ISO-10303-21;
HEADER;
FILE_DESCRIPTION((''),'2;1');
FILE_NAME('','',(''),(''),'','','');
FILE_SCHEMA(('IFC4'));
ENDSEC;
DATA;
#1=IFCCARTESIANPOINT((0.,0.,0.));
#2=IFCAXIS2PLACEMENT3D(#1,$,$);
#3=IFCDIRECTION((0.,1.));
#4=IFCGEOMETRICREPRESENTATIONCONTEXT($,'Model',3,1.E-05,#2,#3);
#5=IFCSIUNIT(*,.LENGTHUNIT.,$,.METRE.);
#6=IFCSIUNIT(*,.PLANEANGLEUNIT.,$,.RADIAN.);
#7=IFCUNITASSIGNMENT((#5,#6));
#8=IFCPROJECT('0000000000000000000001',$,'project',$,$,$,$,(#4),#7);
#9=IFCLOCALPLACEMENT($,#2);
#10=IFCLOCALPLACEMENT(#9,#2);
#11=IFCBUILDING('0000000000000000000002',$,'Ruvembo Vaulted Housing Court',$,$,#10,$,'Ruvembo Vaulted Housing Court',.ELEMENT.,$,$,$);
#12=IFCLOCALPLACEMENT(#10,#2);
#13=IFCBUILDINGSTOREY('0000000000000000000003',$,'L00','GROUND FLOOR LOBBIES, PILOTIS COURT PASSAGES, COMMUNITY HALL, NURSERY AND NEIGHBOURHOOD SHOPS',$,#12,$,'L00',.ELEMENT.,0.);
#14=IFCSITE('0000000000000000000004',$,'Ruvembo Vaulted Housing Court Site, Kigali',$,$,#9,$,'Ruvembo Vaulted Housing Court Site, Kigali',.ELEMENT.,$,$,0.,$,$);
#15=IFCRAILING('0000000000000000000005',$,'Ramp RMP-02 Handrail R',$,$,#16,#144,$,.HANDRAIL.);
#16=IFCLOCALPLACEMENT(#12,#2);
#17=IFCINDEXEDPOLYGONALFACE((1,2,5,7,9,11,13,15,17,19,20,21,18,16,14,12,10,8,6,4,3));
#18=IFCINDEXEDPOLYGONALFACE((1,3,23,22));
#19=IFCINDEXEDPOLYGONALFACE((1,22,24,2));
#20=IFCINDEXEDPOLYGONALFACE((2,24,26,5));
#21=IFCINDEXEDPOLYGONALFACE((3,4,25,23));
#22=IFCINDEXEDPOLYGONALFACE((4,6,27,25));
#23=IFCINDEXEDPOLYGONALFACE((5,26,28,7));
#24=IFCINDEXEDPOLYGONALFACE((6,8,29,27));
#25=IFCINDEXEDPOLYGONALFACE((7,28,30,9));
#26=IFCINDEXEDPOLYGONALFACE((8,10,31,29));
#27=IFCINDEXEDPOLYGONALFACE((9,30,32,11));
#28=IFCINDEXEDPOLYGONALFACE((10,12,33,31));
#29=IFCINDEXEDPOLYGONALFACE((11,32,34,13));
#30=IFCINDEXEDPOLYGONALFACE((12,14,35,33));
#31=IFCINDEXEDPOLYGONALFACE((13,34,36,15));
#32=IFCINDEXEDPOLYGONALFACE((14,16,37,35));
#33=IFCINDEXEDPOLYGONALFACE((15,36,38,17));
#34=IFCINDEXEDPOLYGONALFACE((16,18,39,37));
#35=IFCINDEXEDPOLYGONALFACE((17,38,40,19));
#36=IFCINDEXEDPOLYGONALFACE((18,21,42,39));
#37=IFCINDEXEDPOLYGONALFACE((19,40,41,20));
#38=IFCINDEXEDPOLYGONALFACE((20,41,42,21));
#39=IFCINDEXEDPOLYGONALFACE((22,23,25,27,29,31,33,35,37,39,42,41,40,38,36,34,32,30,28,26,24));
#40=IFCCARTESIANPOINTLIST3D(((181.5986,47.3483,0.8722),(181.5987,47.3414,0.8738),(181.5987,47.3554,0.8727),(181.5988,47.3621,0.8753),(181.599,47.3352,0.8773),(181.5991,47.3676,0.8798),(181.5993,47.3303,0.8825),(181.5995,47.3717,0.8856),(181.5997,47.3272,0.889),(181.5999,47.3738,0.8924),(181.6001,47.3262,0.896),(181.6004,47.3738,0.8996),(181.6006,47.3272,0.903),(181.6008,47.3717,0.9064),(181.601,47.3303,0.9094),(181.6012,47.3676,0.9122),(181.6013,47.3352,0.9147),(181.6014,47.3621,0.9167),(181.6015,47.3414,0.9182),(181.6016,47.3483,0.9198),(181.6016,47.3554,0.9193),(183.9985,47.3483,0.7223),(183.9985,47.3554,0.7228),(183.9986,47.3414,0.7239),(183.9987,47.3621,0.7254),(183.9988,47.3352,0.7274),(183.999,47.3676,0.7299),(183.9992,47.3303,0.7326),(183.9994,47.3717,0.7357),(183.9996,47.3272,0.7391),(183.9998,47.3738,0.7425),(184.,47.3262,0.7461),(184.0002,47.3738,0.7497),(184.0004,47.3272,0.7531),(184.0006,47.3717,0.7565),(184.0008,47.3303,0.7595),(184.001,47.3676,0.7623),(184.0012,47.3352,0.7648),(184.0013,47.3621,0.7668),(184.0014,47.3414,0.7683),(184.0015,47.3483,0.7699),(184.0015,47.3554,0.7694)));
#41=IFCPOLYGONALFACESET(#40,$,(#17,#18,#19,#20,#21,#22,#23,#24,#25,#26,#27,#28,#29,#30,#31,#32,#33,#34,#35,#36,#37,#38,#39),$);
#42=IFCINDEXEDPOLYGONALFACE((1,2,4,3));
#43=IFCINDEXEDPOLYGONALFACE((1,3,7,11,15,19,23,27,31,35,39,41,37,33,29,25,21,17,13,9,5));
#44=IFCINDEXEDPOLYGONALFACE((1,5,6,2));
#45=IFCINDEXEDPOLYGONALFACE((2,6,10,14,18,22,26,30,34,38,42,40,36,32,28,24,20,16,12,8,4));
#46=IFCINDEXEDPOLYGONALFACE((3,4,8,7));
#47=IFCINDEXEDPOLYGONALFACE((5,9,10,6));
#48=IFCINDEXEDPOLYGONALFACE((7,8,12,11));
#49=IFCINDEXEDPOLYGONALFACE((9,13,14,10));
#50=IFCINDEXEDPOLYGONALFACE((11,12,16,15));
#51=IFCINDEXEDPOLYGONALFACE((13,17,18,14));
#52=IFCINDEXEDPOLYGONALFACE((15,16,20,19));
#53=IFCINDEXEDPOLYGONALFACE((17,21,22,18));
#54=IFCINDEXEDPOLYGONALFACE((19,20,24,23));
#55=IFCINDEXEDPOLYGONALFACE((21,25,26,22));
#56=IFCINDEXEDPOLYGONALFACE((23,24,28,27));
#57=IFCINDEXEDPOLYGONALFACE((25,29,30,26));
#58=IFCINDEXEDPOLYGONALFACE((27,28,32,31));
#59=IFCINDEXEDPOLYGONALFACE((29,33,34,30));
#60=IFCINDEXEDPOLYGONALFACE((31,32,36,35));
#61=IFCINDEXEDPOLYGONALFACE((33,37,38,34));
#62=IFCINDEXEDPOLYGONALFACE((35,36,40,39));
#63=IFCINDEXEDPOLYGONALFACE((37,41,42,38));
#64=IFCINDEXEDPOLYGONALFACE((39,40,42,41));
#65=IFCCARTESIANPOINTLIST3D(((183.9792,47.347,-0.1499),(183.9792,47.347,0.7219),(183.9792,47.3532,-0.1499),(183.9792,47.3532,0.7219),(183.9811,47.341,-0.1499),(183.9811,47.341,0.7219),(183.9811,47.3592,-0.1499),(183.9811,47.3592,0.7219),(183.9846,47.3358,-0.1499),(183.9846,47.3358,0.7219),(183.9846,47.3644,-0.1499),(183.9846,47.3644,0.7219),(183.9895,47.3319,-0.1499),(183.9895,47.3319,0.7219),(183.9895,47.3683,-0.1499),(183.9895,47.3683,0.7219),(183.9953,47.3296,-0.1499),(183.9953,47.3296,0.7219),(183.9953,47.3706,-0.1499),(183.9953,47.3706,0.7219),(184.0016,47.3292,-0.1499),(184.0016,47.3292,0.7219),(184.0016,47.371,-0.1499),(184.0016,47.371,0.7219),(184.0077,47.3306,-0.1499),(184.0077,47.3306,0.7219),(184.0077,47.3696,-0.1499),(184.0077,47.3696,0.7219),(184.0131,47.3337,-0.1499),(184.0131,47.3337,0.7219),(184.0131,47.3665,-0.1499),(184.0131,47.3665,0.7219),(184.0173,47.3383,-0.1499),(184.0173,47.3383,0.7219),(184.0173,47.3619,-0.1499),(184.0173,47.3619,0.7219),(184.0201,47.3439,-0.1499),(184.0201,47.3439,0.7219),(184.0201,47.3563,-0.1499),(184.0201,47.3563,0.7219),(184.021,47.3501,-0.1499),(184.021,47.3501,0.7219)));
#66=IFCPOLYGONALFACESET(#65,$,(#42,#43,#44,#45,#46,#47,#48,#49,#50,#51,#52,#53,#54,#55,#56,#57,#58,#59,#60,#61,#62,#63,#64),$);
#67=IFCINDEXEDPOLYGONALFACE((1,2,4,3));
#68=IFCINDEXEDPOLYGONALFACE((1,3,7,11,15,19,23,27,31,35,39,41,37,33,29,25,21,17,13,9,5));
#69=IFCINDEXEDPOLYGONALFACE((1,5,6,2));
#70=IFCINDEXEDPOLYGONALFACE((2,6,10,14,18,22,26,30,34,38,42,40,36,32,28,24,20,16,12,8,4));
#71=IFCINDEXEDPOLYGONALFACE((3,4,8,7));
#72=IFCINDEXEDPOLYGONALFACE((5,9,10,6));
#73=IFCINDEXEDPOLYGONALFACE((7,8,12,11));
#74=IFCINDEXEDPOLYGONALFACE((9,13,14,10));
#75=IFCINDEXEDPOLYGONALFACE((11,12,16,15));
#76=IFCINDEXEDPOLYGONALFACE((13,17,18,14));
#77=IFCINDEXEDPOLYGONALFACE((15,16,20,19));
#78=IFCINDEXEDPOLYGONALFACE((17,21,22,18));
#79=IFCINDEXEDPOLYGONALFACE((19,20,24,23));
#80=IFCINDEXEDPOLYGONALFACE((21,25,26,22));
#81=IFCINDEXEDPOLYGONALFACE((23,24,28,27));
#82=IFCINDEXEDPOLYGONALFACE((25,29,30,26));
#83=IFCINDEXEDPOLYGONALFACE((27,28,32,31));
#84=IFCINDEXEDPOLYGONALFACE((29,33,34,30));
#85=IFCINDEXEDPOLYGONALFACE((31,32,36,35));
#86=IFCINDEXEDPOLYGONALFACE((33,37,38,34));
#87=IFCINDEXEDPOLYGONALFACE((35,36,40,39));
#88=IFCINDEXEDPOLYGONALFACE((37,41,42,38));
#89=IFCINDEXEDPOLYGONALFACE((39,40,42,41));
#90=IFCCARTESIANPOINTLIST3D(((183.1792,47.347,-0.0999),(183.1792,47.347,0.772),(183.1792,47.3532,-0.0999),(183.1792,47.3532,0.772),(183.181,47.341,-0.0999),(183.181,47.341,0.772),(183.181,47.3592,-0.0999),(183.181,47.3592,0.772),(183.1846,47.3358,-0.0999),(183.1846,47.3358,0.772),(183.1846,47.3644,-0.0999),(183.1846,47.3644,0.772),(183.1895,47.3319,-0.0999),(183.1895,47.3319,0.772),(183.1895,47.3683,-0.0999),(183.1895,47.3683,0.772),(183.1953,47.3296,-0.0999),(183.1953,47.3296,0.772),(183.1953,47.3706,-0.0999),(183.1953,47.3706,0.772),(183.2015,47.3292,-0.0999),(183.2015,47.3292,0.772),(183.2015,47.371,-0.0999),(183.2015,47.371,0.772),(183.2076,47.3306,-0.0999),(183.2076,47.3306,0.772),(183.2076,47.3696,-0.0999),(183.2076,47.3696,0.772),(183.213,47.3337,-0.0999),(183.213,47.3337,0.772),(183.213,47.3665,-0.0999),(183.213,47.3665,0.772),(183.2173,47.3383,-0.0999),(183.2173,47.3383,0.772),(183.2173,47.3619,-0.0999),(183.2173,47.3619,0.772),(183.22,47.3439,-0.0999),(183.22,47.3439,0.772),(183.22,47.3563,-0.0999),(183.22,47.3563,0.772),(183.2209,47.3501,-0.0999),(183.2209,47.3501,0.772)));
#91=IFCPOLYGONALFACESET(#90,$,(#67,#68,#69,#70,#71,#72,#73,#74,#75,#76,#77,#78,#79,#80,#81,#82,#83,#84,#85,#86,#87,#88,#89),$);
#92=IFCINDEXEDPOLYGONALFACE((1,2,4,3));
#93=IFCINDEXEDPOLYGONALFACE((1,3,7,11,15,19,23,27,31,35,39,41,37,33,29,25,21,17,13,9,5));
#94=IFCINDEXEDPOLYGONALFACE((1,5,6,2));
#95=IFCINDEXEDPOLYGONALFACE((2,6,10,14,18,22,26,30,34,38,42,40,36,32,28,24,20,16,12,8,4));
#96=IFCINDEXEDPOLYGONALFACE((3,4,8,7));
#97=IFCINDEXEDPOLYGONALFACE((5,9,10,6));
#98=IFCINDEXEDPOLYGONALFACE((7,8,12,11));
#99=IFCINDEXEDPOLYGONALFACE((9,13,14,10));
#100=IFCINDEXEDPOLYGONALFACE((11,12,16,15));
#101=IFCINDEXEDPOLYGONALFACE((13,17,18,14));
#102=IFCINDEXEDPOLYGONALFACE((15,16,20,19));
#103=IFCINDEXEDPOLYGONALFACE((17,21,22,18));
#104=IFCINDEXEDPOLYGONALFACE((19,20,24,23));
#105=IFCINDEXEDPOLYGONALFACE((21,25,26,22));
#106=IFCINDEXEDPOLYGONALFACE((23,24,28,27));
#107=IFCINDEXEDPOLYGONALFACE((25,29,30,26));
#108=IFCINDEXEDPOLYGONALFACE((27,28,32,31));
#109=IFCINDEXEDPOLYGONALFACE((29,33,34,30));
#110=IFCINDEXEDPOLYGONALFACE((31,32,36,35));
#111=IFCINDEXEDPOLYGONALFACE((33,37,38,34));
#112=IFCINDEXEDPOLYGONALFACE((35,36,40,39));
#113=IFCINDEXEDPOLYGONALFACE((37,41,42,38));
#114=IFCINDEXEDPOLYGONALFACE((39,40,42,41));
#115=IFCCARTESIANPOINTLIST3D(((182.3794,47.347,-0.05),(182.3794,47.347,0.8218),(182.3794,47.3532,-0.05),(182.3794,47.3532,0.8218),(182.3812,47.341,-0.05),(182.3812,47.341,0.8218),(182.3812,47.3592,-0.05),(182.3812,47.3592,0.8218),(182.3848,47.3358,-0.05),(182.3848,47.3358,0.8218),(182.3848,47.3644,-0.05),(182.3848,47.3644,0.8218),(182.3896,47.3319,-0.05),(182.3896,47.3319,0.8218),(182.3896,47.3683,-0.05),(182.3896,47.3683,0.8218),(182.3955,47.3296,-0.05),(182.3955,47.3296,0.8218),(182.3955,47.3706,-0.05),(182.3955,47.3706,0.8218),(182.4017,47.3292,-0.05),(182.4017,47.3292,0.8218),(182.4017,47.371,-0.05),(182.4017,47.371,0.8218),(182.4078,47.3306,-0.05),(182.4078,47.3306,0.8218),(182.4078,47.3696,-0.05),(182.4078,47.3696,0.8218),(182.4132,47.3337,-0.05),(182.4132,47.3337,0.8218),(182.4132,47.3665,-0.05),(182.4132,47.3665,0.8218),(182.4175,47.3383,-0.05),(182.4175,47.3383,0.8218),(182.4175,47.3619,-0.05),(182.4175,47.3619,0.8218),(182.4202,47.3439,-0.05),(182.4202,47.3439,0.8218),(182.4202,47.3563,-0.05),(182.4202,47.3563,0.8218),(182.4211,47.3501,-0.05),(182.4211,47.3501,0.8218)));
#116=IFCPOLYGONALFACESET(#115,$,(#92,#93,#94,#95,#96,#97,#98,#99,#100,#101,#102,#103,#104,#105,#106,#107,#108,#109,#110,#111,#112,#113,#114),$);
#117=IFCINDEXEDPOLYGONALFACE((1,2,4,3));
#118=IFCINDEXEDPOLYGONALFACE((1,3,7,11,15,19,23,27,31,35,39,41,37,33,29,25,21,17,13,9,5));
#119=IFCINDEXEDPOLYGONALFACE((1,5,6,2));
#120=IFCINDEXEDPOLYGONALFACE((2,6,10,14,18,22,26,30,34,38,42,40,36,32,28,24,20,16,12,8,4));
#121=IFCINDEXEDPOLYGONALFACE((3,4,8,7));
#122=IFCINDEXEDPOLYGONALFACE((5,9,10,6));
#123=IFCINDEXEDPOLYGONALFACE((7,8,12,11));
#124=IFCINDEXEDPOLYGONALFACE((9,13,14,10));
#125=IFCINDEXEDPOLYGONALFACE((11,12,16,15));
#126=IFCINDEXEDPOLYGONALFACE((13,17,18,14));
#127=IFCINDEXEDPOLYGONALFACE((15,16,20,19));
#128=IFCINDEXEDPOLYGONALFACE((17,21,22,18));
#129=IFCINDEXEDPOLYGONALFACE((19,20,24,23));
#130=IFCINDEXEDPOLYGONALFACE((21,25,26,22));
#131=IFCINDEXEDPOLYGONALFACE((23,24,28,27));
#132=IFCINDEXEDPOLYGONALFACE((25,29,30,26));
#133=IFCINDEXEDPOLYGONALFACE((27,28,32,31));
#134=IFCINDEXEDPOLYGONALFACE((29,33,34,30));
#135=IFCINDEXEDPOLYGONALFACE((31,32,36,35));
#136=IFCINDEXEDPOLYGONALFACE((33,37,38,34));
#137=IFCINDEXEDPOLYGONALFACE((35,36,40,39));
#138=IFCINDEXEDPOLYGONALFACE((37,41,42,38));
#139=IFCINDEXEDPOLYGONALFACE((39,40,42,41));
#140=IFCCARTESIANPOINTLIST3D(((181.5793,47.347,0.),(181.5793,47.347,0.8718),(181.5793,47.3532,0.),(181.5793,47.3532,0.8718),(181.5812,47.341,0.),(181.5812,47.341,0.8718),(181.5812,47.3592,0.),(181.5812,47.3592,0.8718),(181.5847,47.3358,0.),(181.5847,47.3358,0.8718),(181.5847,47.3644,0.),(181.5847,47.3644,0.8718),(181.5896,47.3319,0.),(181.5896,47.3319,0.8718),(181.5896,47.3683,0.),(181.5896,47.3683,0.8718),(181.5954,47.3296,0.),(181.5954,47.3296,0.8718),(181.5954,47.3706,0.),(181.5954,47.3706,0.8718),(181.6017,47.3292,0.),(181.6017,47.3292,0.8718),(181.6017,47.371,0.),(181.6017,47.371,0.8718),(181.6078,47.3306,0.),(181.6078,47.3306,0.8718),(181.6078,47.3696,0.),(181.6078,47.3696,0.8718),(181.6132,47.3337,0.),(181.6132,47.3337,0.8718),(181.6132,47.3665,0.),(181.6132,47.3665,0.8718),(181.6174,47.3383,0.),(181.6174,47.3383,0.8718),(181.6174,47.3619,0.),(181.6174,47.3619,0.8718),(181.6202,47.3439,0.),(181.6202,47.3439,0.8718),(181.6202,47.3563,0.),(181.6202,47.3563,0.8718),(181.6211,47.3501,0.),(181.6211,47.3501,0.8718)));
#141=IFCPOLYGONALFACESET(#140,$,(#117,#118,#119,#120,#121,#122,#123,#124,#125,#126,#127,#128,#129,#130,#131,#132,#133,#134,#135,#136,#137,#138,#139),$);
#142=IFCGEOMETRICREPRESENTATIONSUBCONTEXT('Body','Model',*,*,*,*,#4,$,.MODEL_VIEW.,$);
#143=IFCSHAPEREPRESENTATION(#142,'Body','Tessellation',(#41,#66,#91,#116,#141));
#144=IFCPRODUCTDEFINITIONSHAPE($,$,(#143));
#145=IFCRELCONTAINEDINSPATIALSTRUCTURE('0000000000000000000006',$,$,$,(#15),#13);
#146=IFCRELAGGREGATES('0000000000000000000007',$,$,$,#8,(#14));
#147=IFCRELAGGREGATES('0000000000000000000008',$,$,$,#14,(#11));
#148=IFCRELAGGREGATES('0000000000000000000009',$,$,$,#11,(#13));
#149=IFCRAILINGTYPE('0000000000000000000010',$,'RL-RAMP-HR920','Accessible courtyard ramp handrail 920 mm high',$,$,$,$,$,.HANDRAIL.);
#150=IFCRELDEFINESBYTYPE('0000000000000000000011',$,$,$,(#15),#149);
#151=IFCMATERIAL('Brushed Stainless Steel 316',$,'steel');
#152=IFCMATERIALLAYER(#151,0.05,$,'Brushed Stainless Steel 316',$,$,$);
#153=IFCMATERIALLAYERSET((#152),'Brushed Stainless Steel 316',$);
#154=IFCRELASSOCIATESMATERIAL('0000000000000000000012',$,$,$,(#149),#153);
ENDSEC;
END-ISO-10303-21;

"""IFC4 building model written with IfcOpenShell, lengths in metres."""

from ifc_helpers import new_model, si_unit, direction, frame, origin, origin_2d, place, context, subcontext, project, spatial, circle, extrude, material, layer, layer_set, type_object, element, save


model = new_model("IFC4")

# Units and contexts
model_context = context("Model", 3, precision=1e-05, world=origin(), true_north=direction((0.0, 1.0)))
body_context = subcontext(model_context, "Body", "Model", "MODEL_VIEW")
ifc_project = project(units=[si_unit("LENGTHUNIT", "METRE"), si_unit("PLANEANGLEUNIT", "RADIAN")], contexts=[model_context])

# Site, building, storey
site_placement = place(None, origin())
site = spatial("IfcSite", under=ifc_project, at=site_placement, Name="Ruvembo Vaulted Housing Court Site, Kigali", LongName="Ruvembo Vaulted Housing Court Site, Kigali", CompositionType="ELEMENT", RefElevation=0.0)
building_placement = place(site_placement, origin())
building = spatial("IfcBuilding", under=site, at=building_placement, Name="Ruvembo Vaulted Housing Court", LongName="Ruvembo Vaulted Housing Court", CompositionType="ELEMENT")
storey_placement = place(building_placement, origin())
storey = spatial("IfcBuildingStorey", under=building, at=storey_placement, Name="L00", Description="GROUND FLOOR LOBBIES, PILOTIS COURT PASSAGES, COMMUNITY HALL, NURSERY AND NEIGHBOURHOOD SHOPS", LongName="L00", CompositionType="ELEMENT", Elevation=0.0)

# Railing
ifc_material_1 = material(Name="Brushed Stainless Steel 316", Category="steel")
ifc_layer_1 = layer(ifc_material_1, 0.05, Name="Brushed Stainless Steel 316")
ifc_layer_set_1 = layer_set([ifc_layer_1], Name="Brushed Stainless Steel 316")
railing_type = type_object("IfcRailingType", Name="RL-RAMP-HR920", Description="Accessible courtyard ramp handrail 920 mm high", PredefinedType="HANDRAIL", material=ifc_layer_set_1)
for number, where, name in (
    (1, (184.0, 47.3501, -0.1499), "Ramp RMP-02 Handrail R"),
):
    element("IfcRailing", number, at=place(storey_placement, frame(where)), inside=storey, type_object=railing_type, Name=name, PredefinedType="HANDRAIL", context=body_context, shape_type="SweptSolid", body=[
        extrude(circle(Radius=0.0239, at=origin_2d()), frame((0.0, 0.0, 0.896), z_axis=(-0.998055, 0.0, 0.06234), x_axis=(0.0, -1.0, 0.0)), (0.0, 0.0, 1.0), 2.4045),
        extrude(circle(Radius=0.021, at=origin_2d()), origin(), (0.0, 0.0, 1.0), 0.8718),
        extrude(circle(Radius=0.021, at=origin_2d()), frame((-0.8, 0.0, 0.05)), (0.0, 0.0, 1.0), 0.8718),
        extrude(circle(Radius=0.021, at=origin_2d()), frame((-1.5999, 0.0, 0.0999)), (0.0, 0.0, 1.0), 0.8718),
        extrude(circle(Radius=0.021, at=origin_2d()), frame((-2.3999, 0.0, 0.1499)), (0.0, 0.0, 1.0), 0.8718),
    ])

save(model, "model.ifc")
